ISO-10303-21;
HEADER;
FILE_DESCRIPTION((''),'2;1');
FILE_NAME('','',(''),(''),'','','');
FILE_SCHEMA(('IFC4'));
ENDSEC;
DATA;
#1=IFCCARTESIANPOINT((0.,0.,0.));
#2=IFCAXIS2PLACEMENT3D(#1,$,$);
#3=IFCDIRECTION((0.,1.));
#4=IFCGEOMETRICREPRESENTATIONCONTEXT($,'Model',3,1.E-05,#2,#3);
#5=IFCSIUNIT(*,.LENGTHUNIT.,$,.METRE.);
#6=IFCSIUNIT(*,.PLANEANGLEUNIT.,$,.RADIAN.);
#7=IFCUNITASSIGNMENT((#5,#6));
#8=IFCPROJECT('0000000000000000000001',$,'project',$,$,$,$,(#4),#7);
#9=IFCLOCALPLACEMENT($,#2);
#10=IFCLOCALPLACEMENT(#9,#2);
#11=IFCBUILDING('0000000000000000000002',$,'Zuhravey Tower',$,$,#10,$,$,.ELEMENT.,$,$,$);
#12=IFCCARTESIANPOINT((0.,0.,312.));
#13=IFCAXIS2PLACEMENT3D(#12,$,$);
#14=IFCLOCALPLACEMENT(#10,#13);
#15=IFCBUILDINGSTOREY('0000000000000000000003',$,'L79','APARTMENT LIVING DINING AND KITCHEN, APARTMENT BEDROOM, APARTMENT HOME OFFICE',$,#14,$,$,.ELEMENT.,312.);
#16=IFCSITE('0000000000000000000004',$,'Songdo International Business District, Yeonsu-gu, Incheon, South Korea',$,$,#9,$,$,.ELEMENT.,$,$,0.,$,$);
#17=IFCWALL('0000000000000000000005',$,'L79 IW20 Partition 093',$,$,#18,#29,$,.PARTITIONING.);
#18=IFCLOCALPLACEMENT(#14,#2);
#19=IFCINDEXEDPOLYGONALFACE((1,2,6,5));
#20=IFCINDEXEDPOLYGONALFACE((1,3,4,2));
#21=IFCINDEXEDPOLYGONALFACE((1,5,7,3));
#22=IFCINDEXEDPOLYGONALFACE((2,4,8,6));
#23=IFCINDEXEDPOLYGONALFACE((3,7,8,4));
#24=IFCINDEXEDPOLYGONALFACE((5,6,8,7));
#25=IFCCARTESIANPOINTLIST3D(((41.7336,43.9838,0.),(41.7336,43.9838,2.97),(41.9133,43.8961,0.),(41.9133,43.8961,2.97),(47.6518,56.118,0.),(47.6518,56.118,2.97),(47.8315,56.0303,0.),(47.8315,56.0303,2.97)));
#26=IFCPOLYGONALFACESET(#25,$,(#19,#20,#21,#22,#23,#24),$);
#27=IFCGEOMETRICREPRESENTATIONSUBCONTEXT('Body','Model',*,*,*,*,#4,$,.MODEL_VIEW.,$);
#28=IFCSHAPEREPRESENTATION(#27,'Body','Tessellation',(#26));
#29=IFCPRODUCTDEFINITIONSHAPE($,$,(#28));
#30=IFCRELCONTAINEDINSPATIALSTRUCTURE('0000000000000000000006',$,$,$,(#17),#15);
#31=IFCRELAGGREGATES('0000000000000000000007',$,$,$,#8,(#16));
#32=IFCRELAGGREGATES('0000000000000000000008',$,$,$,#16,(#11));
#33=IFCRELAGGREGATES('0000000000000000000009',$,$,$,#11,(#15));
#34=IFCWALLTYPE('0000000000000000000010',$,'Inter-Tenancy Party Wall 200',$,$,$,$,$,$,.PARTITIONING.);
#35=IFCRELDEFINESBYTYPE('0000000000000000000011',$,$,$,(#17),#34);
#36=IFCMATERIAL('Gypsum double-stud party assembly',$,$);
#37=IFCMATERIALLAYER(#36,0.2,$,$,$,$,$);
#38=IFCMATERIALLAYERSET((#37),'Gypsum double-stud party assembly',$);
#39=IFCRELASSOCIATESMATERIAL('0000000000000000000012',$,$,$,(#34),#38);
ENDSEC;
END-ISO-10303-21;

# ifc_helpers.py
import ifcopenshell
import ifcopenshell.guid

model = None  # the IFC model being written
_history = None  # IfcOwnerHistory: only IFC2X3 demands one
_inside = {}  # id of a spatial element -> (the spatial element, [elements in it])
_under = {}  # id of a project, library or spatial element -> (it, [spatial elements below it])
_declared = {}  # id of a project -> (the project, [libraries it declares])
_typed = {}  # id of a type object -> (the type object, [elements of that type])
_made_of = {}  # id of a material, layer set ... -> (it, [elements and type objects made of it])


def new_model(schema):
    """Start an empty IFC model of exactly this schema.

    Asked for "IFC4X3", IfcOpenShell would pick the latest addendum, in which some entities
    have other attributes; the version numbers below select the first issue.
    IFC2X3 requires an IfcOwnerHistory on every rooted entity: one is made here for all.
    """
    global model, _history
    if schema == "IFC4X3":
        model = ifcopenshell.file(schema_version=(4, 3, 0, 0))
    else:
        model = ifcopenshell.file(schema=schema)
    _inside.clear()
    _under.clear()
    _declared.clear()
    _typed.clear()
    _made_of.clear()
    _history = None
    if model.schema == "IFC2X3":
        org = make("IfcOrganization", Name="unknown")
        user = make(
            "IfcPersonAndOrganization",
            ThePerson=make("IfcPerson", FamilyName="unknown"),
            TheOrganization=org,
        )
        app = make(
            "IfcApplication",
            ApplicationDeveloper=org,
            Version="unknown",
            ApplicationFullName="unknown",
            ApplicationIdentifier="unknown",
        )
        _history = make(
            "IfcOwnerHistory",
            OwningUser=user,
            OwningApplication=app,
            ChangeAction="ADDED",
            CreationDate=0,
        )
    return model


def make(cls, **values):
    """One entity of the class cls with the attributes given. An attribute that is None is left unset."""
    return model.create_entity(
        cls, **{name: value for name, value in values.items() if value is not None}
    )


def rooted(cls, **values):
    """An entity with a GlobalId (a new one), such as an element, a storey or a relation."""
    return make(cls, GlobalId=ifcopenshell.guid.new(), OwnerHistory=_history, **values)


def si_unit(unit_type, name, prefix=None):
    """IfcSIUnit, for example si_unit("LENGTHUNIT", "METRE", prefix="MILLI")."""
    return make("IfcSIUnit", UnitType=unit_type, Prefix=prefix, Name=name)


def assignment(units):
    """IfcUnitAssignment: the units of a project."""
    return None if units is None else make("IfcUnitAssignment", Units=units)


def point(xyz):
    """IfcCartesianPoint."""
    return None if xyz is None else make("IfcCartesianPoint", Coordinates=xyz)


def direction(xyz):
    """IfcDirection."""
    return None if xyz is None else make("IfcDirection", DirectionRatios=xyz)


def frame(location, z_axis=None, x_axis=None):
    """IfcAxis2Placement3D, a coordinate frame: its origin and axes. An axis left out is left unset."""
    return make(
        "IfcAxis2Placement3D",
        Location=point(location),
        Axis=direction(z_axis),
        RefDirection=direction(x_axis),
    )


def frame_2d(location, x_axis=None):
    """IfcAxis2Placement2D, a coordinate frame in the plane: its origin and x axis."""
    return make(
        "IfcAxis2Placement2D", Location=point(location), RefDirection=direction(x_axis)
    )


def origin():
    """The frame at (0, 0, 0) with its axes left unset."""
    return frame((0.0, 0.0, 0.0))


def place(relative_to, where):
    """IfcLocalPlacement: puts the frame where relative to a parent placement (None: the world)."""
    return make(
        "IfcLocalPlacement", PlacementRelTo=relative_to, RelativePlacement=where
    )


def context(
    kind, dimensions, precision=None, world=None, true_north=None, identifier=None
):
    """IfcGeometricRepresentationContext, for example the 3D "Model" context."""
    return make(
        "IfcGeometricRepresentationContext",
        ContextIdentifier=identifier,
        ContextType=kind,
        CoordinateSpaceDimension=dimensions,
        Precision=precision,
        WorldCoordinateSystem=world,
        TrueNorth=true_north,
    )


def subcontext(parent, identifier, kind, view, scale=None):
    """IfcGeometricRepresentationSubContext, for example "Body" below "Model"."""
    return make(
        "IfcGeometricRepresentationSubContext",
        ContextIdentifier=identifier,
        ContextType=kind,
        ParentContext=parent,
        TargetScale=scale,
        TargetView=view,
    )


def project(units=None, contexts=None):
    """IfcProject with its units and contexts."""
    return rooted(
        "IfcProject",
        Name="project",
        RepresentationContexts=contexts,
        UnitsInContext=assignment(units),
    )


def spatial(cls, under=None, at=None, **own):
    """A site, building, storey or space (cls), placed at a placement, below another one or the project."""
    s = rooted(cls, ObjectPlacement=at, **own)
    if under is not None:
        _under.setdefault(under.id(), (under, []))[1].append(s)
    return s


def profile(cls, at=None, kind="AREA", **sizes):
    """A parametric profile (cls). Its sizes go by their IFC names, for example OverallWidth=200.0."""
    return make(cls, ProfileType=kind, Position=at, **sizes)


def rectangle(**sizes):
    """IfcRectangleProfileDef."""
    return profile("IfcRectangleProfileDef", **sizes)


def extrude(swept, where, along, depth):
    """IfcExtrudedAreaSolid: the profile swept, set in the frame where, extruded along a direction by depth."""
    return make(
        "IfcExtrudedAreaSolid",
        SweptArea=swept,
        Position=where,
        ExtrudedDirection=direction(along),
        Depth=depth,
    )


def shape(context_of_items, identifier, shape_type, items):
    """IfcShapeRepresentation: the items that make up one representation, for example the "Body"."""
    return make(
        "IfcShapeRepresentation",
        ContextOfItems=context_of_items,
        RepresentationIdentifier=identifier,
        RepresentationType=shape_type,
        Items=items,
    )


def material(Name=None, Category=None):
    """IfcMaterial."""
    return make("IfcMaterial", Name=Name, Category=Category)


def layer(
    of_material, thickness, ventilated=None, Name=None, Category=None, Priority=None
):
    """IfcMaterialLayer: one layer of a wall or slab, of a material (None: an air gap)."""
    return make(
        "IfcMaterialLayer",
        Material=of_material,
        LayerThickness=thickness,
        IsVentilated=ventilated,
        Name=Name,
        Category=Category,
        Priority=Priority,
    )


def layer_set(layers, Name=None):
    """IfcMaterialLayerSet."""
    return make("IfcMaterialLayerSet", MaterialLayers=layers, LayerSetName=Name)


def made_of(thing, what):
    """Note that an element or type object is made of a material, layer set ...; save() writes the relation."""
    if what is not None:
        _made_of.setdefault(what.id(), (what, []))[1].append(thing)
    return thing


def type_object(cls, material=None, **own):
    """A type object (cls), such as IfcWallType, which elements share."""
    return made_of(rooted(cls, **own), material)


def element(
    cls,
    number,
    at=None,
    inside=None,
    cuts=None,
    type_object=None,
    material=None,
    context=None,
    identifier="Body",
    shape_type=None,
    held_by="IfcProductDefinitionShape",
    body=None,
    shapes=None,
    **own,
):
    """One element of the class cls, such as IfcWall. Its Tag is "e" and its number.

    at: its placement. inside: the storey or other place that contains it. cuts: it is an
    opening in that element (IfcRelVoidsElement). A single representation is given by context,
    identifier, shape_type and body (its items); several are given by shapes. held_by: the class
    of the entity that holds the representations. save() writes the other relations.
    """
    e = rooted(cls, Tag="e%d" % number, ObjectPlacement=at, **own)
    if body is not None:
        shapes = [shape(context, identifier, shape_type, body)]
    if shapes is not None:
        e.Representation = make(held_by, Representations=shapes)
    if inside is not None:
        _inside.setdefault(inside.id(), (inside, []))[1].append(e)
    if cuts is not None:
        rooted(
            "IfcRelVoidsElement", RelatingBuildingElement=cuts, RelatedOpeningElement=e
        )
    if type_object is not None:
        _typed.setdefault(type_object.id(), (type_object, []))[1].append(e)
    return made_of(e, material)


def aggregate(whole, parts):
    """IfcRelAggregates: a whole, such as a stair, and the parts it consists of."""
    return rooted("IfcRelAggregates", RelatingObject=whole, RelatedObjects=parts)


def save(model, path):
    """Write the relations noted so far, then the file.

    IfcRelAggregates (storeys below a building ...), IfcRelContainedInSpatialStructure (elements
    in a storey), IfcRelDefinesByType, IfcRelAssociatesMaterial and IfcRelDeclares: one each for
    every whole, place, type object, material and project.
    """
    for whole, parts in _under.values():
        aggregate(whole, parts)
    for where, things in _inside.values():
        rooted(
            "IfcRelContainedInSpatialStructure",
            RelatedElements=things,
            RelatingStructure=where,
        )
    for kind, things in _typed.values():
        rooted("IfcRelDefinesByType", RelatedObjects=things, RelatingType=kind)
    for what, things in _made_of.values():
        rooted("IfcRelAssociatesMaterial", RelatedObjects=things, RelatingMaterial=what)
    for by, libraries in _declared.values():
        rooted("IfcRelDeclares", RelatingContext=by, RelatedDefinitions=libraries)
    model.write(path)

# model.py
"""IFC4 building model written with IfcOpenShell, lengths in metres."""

from ifc_helpers import new_model, si_unit, direction, frame, frame_2d, origin, place, context, subcontext, project, spatial, rectangle, extrude, material, layer, layer_set, type_object, element, save


model = new_model("IFC4")

# Units and contexts
model_context = context("Model", 3, precision=1e-05, world=origin(), true_north=direction((0.0, 1.0)))
body_context = subcontext(model_context, "Body", "Model", "MODEL_VIEW")
ifc_project = project(units=[si_unit("LENGTHUNIT", "METRE"), si_unit("PLANEANGLEUNIT", "RADIAN")], contexts=[model_context])

# Site, building, storey
site_placement = place(None, origin())
site = spatial("IfcSite", under=ifc_project, at=site_placement, Name="Songdo International Business District, Yeonsu-gu, Incheon, South Korea", CompositionType="ELEMENT", RefElevation=0.0)
building_placement = place(site_placement, origin())
building = spatial("IfcBuilding", under=site, at=building_placement, Name="Zuhravey Tower", CompositionType="ELEMENT")
storey_placement = place(building_placement, frame((0.0, 0.0, 312.0)))
storey = spatial("IfcBuildingStorey", under=building, at=storey_placement, Name="L79", Description="APARTMENT LIVING DINING AND KITCHEN, APARTMENT BEDROOM, APARTMENT HOME OFFICE", CompositionType="ELEMENT", Elevation=312.0)

# Wall
ifc_material_1 = material(Name="Gypsum double-stud party assembly")
ifc_layer_1 = layer(ifc_material_1, 0.2)
ifc_layer_set_1 = layer_set([ifc_layer_1], Name="Gypsum double-stud party assembly")
wall_type_1 = type_object("IfcWallType", Name="Inter-Tenancy Party Wall 200", PredefinedType="PARTITIONING", material=ifc_layer_set_1)
wall_1_placement = place(storey_placement, frame((41.8235, 43.9399, 0.0), z_axis=(0.0, 0.0, 1.0), x_axis=(0.438367, 0.898796, 0.0)))
element("IfcWall", 1, at=wall_1_placement, inside=storey, type_object=wall_type_1, Name="L79 IW20 Partition 093", PredefinedType="PARTITIONING", context=body_context, shape_type="SweptSolid", body=[
    extrude(rectangle(XDim=13.5005, YDim=0.2, at=frame_2d((6.7502, 0.0))), origin(), (0.0, 0.0, 1.0), 2.97),
])

save(model, "model.ifc")
